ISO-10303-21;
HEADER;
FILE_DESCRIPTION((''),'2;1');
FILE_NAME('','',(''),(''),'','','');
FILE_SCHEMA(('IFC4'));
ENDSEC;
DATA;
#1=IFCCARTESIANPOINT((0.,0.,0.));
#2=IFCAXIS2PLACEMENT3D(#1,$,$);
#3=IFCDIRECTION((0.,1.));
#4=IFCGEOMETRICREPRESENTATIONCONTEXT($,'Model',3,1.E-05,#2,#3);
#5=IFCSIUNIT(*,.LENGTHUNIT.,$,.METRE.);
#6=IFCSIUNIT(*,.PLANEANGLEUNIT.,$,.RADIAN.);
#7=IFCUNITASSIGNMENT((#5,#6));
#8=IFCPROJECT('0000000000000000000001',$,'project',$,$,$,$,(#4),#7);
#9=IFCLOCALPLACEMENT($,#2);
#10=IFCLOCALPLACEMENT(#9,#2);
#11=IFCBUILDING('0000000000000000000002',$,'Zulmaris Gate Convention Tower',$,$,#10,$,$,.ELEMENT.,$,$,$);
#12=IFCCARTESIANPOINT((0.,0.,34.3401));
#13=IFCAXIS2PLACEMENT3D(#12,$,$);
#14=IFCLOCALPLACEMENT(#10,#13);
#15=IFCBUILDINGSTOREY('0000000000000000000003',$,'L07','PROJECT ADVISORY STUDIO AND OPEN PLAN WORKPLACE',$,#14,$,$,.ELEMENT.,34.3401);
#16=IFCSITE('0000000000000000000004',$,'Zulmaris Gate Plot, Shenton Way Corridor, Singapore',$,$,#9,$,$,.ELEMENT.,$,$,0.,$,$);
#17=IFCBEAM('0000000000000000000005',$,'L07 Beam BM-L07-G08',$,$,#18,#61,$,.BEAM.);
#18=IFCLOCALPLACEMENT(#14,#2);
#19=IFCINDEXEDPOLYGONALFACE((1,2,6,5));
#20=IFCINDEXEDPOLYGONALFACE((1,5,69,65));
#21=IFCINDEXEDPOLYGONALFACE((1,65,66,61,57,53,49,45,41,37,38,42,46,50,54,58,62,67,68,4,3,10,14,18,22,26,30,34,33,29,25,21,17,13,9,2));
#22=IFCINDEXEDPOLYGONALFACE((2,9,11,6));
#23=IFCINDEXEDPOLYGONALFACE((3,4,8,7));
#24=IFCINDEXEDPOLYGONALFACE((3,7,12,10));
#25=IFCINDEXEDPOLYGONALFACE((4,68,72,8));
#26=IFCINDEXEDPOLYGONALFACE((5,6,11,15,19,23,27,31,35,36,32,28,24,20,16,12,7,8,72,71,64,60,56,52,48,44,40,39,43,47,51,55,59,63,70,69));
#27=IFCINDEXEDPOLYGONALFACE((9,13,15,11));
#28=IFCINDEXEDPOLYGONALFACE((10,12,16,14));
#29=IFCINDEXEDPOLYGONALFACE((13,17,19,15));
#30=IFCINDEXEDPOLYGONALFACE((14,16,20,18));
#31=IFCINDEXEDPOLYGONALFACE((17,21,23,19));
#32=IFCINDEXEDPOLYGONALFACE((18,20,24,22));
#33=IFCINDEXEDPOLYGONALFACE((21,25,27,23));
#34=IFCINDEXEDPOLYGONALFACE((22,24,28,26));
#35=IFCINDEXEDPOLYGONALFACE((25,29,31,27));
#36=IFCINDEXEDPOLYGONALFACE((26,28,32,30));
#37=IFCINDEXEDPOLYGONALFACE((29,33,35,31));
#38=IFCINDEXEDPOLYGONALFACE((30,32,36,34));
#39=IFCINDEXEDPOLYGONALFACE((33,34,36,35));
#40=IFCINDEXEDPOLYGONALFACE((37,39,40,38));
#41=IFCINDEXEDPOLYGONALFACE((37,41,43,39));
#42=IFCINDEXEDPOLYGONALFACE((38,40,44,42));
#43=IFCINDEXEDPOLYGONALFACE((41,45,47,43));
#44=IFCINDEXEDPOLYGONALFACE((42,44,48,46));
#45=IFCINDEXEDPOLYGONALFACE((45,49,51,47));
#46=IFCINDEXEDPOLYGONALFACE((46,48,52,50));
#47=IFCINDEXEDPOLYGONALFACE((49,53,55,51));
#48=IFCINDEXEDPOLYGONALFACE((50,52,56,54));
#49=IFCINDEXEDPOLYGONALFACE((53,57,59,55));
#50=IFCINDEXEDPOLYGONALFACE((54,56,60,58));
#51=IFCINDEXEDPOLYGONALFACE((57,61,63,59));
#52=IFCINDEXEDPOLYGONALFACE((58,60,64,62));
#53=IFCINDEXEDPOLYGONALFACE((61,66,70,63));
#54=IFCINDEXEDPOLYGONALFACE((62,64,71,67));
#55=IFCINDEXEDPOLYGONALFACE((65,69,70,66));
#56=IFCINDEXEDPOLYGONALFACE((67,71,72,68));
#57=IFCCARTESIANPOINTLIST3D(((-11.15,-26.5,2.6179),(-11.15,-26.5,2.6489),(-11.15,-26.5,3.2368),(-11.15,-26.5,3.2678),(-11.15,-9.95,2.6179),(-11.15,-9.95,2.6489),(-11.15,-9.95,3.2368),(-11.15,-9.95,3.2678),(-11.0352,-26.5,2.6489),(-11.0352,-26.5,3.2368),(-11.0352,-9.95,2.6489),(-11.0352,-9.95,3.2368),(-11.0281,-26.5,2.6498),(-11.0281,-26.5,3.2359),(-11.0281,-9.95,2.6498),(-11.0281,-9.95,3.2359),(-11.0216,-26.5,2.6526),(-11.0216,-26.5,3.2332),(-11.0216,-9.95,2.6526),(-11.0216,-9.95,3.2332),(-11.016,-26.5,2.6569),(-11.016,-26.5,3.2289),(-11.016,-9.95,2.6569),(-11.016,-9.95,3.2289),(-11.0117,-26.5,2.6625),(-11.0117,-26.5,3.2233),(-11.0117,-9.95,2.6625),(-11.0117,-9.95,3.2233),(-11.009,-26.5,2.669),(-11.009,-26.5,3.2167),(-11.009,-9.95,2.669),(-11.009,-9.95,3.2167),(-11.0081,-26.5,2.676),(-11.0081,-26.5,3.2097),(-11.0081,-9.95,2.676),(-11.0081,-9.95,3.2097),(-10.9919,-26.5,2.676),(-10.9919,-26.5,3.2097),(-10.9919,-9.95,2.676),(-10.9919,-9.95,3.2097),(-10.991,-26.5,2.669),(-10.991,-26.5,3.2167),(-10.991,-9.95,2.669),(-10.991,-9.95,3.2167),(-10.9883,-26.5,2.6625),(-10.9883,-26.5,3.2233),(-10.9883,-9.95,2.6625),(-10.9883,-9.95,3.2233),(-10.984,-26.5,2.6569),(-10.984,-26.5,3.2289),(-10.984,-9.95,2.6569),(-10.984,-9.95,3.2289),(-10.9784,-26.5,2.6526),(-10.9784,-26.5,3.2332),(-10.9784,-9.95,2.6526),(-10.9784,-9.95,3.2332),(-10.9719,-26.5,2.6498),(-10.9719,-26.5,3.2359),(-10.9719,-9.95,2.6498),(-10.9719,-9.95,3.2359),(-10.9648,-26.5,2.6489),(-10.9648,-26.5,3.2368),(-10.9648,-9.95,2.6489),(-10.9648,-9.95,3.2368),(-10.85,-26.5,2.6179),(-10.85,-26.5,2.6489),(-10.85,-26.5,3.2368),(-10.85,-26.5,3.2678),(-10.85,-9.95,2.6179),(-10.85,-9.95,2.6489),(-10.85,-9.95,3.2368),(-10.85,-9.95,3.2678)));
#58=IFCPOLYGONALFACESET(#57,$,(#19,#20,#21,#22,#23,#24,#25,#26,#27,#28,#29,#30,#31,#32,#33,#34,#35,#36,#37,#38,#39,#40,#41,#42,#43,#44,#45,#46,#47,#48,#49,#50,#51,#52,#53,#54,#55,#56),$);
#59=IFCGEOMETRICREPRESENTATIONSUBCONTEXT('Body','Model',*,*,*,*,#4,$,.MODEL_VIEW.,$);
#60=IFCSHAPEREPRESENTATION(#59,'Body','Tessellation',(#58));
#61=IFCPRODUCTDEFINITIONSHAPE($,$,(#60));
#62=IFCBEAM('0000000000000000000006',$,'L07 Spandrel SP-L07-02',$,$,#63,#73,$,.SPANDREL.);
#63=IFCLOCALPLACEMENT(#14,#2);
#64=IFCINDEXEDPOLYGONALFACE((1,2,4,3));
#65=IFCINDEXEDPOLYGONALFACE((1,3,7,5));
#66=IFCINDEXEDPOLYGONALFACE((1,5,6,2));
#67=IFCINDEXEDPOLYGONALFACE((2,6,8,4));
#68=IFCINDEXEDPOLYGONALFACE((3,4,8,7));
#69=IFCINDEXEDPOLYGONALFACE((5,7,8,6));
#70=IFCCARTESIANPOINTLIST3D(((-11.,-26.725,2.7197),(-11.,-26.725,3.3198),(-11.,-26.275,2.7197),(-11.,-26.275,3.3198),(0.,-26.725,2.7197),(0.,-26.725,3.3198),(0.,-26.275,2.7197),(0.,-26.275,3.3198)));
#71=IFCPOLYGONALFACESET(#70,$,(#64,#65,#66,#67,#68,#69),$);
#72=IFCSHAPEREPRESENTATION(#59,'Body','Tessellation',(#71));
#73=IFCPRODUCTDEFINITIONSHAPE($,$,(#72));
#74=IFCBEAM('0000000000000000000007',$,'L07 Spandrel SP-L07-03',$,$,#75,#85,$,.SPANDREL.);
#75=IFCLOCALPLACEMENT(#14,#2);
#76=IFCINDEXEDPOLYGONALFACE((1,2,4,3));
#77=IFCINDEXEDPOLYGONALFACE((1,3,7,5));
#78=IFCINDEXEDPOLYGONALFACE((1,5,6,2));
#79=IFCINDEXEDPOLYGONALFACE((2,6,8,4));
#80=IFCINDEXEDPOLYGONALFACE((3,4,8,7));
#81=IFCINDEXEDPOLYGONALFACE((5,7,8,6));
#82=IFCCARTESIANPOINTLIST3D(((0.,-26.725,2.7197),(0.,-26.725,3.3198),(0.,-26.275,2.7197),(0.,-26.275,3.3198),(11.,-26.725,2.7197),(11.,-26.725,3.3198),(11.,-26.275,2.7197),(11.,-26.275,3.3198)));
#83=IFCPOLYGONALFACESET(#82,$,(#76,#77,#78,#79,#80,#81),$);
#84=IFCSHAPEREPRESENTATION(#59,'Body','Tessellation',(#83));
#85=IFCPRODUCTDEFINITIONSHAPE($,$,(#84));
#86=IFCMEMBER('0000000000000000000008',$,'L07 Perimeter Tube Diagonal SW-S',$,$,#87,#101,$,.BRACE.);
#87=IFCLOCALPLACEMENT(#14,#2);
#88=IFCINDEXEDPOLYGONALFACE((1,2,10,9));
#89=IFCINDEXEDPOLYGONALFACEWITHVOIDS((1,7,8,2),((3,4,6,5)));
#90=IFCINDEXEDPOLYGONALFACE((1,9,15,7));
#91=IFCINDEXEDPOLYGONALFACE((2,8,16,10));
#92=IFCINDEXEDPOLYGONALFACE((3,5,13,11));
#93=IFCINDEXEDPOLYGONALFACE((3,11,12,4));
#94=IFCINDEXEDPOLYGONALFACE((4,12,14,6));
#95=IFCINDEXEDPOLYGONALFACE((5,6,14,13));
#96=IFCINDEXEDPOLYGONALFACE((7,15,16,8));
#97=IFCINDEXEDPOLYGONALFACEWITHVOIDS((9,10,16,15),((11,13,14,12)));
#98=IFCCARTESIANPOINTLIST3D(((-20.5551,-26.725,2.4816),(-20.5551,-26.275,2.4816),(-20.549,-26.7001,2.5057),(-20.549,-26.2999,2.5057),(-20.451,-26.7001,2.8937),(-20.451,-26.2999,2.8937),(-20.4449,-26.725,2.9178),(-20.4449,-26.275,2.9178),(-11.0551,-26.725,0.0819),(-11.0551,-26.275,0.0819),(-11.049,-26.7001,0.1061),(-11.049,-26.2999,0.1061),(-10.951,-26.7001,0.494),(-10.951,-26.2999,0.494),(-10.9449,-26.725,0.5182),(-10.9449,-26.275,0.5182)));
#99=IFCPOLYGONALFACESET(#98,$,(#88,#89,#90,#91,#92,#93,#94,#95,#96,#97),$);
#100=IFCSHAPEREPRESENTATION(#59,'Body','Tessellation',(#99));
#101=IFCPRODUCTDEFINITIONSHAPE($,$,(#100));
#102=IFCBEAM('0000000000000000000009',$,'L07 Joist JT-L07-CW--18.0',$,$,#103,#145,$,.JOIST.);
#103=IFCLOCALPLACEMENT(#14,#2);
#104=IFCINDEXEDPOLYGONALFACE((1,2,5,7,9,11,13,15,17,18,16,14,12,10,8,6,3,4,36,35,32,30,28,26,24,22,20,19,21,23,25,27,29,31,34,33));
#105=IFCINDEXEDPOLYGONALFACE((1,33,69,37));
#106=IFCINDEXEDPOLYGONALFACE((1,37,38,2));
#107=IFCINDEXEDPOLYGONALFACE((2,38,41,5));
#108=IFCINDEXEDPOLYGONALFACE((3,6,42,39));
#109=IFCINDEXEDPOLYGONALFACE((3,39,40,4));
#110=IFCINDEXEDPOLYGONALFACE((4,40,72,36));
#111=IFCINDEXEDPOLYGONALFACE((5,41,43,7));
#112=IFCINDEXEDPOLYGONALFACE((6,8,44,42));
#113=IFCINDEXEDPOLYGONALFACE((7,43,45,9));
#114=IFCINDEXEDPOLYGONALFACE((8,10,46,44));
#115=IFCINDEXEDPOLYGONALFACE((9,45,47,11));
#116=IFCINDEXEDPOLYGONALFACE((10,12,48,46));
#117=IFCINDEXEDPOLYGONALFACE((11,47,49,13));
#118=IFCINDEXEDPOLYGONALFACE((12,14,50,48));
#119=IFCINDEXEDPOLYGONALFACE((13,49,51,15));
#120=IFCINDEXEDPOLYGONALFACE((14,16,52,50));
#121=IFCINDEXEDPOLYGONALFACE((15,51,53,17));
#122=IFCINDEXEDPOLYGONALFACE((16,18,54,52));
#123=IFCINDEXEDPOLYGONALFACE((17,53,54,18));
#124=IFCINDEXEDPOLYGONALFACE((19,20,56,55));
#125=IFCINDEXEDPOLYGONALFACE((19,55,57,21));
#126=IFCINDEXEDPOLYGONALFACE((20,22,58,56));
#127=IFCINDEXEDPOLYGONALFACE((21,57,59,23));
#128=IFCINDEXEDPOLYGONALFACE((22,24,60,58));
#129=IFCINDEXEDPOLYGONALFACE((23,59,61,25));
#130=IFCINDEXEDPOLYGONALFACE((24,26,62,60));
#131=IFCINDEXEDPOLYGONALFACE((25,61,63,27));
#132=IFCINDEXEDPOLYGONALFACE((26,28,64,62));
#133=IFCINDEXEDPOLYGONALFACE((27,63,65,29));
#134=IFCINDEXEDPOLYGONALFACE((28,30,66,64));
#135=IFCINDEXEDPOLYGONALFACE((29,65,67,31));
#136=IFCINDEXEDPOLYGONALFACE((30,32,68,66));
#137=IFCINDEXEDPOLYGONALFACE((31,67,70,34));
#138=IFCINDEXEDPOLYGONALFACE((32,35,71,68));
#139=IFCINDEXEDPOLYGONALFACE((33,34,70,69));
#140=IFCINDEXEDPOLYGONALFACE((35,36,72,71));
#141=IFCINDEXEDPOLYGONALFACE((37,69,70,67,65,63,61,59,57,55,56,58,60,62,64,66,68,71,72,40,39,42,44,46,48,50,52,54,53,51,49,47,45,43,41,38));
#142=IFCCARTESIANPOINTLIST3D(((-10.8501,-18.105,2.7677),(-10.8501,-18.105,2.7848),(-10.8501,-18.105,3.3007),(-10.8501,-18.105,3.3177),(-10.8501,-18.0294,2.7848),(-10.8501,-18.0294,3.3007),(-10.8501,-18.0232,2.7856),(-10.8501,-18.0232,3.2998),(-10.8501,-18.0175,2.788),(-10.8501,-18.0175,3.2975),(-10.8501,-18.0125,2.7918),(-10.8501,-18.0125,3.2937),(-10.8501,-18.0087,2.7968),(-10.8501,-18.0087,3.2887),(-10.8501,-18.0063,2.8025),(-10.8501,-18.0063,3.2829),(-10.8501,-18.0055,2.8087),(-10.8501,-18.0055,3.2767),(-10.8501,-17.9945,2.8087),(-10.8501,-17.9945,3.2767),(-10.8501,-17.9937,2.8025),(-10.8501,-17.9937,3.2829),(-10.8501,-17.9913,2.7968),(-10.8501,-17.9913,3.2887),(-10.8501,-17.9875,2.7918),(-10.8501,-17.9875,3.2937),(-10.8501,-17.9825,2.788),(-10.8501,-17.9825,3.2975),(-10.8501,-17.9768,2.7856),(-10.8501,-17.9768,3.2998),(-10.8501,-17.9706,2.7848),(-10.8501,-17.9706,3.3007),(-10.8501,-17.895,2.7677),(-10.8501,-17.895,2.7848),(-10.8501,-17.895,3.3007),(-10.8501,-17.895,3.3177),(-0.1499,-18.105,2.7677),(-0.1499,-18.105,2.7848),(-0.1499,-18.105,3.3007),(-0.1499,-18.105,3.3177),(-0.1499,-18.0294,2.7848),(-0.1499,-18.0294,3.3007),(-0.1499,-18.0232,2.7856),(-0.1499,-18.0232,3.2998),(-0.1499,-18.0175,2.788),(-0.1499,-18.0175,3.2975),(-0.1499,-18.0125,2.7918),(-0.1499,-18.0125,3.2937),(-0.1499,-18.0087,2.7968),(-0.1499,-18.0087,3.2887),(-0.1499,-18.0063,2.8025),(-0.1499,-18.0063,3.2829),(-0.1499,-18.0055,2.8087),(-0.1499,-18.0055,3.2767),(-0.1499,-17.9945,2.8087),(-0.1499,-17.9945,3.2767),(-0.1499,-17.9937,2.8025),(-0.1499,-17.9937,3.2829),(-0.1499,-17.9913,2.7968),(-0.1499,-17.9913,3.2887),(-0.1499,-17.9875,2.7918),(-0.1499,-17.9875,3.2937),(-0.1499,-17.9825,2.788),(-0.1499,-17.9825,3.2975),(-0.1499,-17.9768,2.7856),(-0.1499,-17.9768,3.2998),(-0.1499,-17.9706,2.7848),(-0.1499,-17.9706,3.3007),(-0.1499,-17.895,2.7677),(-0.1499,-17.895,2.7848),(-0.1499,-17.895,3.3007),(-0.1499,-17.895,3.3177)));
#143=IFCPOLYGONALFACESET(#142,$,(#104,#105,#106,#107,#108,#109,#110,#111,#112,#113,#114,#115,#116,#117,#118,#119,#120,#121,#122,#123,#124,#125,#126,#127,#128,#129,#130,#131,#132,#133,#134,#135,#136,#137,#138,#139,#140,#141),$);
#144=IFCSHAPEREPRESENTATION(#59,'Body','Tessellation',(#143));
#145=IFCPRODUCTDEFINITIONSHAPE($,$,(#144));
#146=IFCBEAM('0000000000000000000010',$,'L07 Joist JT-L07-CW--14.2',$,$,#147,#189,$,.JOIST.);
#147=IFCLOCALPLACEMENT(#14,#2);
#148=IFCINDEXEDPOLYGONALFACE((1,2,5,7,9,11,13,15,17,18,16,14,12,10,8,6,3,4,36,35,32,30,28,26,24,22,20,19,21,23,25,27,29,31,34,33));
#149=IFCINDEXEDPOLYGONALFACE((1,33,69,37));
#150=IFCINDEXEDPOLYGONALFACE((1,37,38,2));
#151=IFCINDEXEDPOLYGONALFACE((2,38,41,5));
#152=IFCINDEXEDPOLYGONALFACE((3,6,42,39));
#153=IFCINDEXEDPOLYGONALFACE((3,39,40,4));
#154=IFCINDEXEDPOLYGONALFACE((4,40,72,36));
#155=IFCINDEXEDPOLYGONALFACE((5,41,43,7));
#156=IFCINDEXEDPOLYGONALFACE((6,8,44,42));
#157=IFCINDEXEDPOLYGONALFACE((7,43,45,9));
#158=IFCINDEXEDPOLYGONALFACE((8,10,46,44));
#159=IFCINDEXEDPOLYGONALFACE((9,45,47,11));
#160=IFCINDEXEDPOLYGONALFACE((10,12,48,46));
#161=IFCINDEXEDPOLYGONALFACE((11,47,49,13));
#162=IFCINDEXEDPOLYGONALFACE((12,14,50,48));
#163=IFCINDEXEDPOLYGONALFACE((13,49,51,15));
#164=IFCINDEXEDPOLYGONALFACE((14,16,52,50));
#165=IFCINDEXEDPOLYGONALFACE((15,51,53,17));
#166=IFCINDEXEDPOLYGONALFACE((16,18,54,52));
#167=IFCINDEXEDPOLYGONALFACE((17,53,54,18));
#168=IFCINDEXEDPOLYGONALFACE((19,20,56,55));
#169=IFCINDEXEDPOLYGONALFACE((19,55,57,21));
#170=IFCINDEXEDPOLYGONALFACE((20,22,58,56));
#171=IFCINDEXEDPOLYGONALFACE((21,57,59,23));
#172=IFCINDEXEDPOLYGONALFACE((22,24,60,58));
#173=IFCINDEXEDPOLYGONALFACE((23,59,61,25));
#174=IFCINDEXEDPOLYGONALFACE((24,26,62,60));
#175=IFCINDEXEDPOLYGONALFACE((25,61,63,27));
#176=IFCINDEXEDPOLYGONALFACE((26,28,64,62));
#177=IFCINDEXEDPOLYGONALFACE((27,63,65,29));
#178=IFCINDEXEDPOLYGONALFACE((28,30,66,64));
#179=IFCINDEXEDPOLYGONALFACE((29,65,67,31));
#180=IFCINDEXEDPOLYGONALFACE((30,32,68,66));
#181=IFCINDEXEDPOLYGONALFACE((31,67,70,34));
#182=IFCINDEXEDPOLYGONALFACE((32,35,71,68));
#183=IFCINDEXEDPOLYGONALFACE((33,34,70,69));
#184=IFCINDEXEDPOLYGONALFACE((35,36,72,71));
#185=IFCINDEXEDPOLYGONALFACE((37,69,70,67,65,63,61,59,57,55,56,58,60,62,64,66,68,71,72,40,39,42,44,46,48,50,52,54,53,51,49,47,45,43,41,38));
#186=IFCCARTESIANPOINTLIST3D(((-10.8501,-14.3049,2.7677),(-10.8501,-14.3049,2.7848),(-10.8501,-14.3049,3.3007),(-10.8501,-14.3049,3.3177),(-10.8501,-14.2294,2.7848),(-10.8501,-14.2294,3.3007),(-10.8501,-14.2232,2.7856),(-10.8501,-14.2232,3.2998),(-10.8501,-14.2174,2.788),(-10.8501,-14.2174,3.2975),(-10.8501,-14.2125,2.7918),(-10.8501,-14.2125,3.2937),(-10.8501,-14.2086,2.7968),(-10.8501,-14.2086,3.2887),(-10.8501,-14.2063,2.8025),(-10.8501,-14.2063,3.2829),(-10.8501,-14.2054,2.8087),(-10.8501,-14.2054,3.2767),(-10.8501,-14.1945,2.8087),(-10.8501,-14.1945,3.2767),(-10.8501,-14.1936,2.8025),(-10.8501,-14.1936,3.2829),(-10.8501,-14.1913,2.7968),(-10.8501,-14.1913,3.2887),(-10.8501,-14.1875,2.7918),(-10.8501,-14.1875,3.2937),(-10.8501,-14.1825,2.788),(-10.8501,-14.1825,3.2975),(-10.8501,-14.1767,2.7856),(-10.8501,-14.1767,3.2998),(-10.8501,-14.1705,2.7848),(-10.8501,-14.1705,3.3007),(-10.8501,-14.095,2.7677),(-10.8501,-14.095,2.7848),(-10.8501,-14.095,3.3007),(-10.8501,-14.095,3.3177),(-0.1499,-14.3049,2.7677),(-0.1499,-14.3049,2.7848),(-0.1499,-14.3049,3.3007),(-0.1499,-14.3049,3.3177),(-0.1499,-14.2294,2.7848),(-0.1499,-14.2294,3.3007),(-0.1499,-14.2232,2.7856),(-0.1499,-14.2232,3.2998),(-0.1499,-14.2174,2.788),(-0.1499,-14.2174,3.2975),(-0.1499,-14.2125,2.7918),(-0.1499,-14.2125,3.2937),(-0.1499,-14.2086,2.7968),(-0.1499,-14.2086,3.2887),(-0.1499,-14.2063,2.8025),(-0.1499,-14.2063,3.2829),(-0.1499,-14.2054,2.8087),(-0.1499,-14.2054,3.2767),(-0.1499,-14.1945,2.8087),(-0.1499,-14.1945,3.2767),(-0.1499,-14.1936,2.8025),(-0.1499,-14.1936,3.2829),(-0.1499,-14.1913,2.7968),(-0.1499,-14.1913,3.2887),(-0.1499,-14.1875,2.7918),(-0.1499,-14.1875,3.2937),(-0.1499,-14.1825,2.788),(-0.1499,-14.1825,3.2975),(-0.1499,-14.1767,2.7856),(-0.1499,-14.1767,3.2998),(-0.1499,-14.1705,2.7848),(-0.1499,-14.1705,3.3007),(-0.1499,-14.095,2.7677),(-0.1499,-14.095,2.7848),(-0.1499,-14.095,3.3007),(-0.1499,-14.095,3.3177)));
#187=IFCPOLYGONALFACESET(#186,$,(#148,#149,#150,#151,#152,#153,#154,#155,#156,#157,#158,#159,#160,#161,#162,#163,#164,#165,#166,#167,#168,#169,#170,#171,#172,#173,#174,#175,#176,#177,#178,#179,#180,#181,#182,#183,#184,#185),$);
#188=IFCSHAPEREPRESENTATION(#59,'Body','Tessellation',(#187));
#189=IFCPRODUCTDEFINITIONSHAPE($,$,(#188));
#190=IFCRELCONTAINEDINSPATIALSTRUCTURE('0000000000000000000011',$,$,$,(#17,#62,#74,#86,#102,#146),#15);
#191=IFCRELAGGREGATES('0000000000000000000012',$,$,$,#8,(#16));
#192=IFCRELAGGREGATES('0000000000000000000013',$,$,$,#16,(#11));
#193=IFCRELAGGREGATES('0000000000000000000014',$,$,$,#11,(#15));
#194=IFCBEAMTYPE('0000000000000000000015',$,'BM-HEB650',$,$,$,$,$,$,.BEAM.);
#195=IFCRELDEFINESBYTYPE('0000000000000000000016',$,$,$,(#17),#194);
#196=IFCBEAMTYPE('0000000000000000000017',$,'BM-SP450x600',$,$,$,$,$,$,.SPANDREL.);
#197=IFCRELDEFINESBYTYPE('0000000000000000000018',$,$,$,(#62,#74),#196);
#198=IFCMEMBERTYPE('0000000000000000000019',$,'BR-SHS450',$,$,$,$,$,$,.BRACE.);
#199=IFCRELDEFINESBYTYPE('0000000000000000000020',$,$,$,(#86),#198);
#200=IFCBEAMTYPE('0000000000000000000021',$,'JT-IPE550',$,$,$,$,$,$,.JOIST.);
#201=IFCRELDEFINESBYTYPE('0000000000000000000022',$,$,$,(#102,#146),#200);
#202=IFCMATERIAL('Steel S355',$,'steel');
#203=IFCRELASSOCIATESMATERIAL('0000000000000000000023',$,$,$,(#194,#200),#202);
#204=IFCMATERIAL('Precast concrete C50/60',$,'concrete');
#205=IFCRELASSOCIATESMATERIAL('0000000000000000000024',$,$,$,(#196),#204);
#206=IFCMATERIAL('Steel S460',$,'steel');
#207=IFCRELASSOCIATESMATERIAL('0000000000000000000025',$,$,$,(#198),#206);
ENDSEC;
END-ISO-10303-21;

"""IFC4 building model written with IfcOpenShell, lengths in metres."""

from ifc_helpers import new_model, si_unit, direction, frame, origin, origin_2d, place, context, subcontext, project, spatial, rectangle, hollow_rectangle, i_section, extrude, material, material_profile, profile_set, type_object, element, save


model = new_model("IFC4")

# Units and contexts
model_context = context("Model", 3, precision=1e-05, world=origin(), true_north=direction((0.0, 1.0)))
body_context = subcontext(model_context, "Body", "Model", "MODEL_VIEW")
ifc_project = project(units=[si_unit("LENGTHUNIT", "METRE"), si_unit("PLANEANGLEUNIT", "RADIAN")], contexts=[model_context])

# Site, building, storey
site_placement = place(None, origin())
site = spatial("IfcSite", under=ifc_project, at=site_placement, Name="Zulmaris Gate Plot, Shenton Way Corridor, Singapore", CompositionType="ELEMENT", RefElevation=0.0)
building_placement = place(site_placement, origin())
building = spatial("IfcBuilding", under=site, at=building_placement, Name="Zulmaris Gate Convention Tower", CompositionType="ELEMENT")
storey_placement = place(building_placement, frame((0.0, 0.0, 34.3401)))
storey = spatial("IfcBuildingStorey", under=building, at=storey_placement, Name="L07", Description="PROJECT ADVISORY STUDIO AND OPEN PLAN WORKPLACE", CompositionType="ELEMENT", Elevation=34.3401)

# Beams
ifc_material_1 = material(Name="Steel S355", Category="steel")
ifc_material_profile_1 = material_profile(ifc_material_1, i_section(OverallWidth=0.3, OverallDepth=0.6499, WebThickness=0.0161, FlangeThickness=0.031, FilletRadius=0.0271, at=origin_2d()), Name="HEB 650")
ifc_profile_set_1 = profile_set([ifc_material_profile_1], Name="Steel S355")
beam_type_1 = type_object("IfcBeamType", Name="BM-HEB650", PredefinedType="BEAM", material=ifc_profile_set_1)
beam_1_placement = place(storey_placement, frame((-11.0, -26.5, 2.9429), z_axis=(0.0, 1.0, 0.0), x_axis=(-1.0, 0.0, 0.0)))
element("IfcBeam", 1, at=beam_1_placement, inside=storey, type_object=beam_type_1, Name="L07 Beam BM-L07-G08", PredefinedType="BEAM", context=body_context, shape_type="SweptSolid", body=[
    extrude(i_section(OverallWidth=0.3, OverallDepth=0.6499, WebThickness=0.0161, FlangeThickness=0.031, FilletRadius=0.0271, at=origin_2d()), origin(), (0.0, 0.0, 1.0), 16.55),
])
ifc_material_2 = material(Name="Precast concrete C50/60", Category="concrete")
ifc_material_profile_2 = material_profile(ifc_material_2, rectangle(XDim=0.45, YDim=0.6001, at=origin_2d()), Name="RC SPANDREL 450x600")
ifc_profile_set_2 = profile_set([ifc_material_profile_2], Name="Precast concrete C50/60")
beam_type_2 = type_object("IfcBeamType", Name="BM-SP450x600", PredefinedType="SPANDREL", material=ifc_profile_set_2)
for number, where, z_axis, x_axis, name in (
    (2, (-11.0, -26.5, 3.0198), (1.0, 0.0, 0.0), (0.0, 1.0, 0.0), "L07 Spandrel SP-L07-02"),
    (3, (0.0, -26.5, 3.0198), (1.0, 0.0, 0.0), (0.0, 1.0, 0.0), "L07 Spandrel SP-L07-03"),
):
    element("IfcBeam", number, at=place(storey_placement, frame(where, z_axis=z_axis, x_axis=x_axis)), inside=storey, type_object=beam_type_2, Name=name, PredefinedType="SPANDREL", context=body_context, shape_type="SweptSolid", body=[
        extrude(rectangle(XDim=0.45, YDim=0.6001, at=origin_2d()), origin(), (0.0, 0.0, 1.0), 11.0),
    ])

# Member
ifc_material_3 = material(Name="Steel S460", Category="steel")
ifc_material_profile_3 = material_profile(ifc_material_3, hollow_rectangle(XDim=0.45, YDim=0.45, WallThickness=0.0249, at=origin_2d()), Name="SHS 450x450x25")
ifc_profile_set_3 = profile_set([ifc_material_profile_3], Name="Steel S460")
member_type = type_object("IfcMemberType", Name="BR-SHS450", PredefinedType="BRACE", material=ifc_profile_set_3)
member_placement = place(storey_placement, frame((-11.0, -26.5, 0.3), z_axis=(-0.969547, 0.0, 0.244903), x_axis=(0.0, -1.0, 0.0)))
element("IfcMember", 4, at=member_placement, inside=storey, type_object=member_type, Name="L07 Perimeter Tube Diagonal SW-S", PredefinedType="BRACE", context=body_context, shape_type="SweptSolid", body=[
    extrude(hollow_rectangle(XDim=0.45, YDim=0.45, WallThickness=0.0249, at=origin_2d()), origin(), (0.0, 0.0, 1.0), 9.7983),
])

# Beams
ifc_material_profile_4 = material_profile(ifc_material_1, i_section(OverallWidth=0.21, OverallDepth=0.55, WebThickness=0.011, FlangeThickness=0.0171, FilletRadius=0.0239, at=origin_2d()), Name="IPE 550")
ifc_profile_set_4 = profile_set([ifc_material_profile_4], Name="Steel S355")
beam_type_3 = type_object("IfcBeamType", Name="JT-IPE550", PredefinedType="JOIST", material=ifc_profile_set_4)
for number, where, z_axis, x_axis, name in (
    (5, (-10.8501, -18.0, 3.0427), (1.0, 0.0, 0.0), (0.0, 1.0, 0.0), "L07 Joist JT-L07-CW--18.0"),
    (6, (-10.8501, -14.2, 3.0427), (1.0, 0.0, 0.0), (0.0, 1.0, 0.0), "L07 Joist JT-L07-CW--14.2"),
):
    element("IfcBeam", number, at=place(storey_placement, frame(where, z_axis=z_axis, x_axis=x_axis)), inside=storey, type_object=beam_type_3, Name=name, PredefinedType="JOIST", context=body_context, shape_type="SweptSolid", body=[
        extrude(i_section(OverallWidth=0.21, OverallDepth=0.55, WebThickness=0.011, FlangeThickness=0.0171, FilletRadius=0.0239, at=origin_2d()), origin(), (0.0, 0.0, 1.0), 10.7002),
    ])

save(model, "model.ifc")
